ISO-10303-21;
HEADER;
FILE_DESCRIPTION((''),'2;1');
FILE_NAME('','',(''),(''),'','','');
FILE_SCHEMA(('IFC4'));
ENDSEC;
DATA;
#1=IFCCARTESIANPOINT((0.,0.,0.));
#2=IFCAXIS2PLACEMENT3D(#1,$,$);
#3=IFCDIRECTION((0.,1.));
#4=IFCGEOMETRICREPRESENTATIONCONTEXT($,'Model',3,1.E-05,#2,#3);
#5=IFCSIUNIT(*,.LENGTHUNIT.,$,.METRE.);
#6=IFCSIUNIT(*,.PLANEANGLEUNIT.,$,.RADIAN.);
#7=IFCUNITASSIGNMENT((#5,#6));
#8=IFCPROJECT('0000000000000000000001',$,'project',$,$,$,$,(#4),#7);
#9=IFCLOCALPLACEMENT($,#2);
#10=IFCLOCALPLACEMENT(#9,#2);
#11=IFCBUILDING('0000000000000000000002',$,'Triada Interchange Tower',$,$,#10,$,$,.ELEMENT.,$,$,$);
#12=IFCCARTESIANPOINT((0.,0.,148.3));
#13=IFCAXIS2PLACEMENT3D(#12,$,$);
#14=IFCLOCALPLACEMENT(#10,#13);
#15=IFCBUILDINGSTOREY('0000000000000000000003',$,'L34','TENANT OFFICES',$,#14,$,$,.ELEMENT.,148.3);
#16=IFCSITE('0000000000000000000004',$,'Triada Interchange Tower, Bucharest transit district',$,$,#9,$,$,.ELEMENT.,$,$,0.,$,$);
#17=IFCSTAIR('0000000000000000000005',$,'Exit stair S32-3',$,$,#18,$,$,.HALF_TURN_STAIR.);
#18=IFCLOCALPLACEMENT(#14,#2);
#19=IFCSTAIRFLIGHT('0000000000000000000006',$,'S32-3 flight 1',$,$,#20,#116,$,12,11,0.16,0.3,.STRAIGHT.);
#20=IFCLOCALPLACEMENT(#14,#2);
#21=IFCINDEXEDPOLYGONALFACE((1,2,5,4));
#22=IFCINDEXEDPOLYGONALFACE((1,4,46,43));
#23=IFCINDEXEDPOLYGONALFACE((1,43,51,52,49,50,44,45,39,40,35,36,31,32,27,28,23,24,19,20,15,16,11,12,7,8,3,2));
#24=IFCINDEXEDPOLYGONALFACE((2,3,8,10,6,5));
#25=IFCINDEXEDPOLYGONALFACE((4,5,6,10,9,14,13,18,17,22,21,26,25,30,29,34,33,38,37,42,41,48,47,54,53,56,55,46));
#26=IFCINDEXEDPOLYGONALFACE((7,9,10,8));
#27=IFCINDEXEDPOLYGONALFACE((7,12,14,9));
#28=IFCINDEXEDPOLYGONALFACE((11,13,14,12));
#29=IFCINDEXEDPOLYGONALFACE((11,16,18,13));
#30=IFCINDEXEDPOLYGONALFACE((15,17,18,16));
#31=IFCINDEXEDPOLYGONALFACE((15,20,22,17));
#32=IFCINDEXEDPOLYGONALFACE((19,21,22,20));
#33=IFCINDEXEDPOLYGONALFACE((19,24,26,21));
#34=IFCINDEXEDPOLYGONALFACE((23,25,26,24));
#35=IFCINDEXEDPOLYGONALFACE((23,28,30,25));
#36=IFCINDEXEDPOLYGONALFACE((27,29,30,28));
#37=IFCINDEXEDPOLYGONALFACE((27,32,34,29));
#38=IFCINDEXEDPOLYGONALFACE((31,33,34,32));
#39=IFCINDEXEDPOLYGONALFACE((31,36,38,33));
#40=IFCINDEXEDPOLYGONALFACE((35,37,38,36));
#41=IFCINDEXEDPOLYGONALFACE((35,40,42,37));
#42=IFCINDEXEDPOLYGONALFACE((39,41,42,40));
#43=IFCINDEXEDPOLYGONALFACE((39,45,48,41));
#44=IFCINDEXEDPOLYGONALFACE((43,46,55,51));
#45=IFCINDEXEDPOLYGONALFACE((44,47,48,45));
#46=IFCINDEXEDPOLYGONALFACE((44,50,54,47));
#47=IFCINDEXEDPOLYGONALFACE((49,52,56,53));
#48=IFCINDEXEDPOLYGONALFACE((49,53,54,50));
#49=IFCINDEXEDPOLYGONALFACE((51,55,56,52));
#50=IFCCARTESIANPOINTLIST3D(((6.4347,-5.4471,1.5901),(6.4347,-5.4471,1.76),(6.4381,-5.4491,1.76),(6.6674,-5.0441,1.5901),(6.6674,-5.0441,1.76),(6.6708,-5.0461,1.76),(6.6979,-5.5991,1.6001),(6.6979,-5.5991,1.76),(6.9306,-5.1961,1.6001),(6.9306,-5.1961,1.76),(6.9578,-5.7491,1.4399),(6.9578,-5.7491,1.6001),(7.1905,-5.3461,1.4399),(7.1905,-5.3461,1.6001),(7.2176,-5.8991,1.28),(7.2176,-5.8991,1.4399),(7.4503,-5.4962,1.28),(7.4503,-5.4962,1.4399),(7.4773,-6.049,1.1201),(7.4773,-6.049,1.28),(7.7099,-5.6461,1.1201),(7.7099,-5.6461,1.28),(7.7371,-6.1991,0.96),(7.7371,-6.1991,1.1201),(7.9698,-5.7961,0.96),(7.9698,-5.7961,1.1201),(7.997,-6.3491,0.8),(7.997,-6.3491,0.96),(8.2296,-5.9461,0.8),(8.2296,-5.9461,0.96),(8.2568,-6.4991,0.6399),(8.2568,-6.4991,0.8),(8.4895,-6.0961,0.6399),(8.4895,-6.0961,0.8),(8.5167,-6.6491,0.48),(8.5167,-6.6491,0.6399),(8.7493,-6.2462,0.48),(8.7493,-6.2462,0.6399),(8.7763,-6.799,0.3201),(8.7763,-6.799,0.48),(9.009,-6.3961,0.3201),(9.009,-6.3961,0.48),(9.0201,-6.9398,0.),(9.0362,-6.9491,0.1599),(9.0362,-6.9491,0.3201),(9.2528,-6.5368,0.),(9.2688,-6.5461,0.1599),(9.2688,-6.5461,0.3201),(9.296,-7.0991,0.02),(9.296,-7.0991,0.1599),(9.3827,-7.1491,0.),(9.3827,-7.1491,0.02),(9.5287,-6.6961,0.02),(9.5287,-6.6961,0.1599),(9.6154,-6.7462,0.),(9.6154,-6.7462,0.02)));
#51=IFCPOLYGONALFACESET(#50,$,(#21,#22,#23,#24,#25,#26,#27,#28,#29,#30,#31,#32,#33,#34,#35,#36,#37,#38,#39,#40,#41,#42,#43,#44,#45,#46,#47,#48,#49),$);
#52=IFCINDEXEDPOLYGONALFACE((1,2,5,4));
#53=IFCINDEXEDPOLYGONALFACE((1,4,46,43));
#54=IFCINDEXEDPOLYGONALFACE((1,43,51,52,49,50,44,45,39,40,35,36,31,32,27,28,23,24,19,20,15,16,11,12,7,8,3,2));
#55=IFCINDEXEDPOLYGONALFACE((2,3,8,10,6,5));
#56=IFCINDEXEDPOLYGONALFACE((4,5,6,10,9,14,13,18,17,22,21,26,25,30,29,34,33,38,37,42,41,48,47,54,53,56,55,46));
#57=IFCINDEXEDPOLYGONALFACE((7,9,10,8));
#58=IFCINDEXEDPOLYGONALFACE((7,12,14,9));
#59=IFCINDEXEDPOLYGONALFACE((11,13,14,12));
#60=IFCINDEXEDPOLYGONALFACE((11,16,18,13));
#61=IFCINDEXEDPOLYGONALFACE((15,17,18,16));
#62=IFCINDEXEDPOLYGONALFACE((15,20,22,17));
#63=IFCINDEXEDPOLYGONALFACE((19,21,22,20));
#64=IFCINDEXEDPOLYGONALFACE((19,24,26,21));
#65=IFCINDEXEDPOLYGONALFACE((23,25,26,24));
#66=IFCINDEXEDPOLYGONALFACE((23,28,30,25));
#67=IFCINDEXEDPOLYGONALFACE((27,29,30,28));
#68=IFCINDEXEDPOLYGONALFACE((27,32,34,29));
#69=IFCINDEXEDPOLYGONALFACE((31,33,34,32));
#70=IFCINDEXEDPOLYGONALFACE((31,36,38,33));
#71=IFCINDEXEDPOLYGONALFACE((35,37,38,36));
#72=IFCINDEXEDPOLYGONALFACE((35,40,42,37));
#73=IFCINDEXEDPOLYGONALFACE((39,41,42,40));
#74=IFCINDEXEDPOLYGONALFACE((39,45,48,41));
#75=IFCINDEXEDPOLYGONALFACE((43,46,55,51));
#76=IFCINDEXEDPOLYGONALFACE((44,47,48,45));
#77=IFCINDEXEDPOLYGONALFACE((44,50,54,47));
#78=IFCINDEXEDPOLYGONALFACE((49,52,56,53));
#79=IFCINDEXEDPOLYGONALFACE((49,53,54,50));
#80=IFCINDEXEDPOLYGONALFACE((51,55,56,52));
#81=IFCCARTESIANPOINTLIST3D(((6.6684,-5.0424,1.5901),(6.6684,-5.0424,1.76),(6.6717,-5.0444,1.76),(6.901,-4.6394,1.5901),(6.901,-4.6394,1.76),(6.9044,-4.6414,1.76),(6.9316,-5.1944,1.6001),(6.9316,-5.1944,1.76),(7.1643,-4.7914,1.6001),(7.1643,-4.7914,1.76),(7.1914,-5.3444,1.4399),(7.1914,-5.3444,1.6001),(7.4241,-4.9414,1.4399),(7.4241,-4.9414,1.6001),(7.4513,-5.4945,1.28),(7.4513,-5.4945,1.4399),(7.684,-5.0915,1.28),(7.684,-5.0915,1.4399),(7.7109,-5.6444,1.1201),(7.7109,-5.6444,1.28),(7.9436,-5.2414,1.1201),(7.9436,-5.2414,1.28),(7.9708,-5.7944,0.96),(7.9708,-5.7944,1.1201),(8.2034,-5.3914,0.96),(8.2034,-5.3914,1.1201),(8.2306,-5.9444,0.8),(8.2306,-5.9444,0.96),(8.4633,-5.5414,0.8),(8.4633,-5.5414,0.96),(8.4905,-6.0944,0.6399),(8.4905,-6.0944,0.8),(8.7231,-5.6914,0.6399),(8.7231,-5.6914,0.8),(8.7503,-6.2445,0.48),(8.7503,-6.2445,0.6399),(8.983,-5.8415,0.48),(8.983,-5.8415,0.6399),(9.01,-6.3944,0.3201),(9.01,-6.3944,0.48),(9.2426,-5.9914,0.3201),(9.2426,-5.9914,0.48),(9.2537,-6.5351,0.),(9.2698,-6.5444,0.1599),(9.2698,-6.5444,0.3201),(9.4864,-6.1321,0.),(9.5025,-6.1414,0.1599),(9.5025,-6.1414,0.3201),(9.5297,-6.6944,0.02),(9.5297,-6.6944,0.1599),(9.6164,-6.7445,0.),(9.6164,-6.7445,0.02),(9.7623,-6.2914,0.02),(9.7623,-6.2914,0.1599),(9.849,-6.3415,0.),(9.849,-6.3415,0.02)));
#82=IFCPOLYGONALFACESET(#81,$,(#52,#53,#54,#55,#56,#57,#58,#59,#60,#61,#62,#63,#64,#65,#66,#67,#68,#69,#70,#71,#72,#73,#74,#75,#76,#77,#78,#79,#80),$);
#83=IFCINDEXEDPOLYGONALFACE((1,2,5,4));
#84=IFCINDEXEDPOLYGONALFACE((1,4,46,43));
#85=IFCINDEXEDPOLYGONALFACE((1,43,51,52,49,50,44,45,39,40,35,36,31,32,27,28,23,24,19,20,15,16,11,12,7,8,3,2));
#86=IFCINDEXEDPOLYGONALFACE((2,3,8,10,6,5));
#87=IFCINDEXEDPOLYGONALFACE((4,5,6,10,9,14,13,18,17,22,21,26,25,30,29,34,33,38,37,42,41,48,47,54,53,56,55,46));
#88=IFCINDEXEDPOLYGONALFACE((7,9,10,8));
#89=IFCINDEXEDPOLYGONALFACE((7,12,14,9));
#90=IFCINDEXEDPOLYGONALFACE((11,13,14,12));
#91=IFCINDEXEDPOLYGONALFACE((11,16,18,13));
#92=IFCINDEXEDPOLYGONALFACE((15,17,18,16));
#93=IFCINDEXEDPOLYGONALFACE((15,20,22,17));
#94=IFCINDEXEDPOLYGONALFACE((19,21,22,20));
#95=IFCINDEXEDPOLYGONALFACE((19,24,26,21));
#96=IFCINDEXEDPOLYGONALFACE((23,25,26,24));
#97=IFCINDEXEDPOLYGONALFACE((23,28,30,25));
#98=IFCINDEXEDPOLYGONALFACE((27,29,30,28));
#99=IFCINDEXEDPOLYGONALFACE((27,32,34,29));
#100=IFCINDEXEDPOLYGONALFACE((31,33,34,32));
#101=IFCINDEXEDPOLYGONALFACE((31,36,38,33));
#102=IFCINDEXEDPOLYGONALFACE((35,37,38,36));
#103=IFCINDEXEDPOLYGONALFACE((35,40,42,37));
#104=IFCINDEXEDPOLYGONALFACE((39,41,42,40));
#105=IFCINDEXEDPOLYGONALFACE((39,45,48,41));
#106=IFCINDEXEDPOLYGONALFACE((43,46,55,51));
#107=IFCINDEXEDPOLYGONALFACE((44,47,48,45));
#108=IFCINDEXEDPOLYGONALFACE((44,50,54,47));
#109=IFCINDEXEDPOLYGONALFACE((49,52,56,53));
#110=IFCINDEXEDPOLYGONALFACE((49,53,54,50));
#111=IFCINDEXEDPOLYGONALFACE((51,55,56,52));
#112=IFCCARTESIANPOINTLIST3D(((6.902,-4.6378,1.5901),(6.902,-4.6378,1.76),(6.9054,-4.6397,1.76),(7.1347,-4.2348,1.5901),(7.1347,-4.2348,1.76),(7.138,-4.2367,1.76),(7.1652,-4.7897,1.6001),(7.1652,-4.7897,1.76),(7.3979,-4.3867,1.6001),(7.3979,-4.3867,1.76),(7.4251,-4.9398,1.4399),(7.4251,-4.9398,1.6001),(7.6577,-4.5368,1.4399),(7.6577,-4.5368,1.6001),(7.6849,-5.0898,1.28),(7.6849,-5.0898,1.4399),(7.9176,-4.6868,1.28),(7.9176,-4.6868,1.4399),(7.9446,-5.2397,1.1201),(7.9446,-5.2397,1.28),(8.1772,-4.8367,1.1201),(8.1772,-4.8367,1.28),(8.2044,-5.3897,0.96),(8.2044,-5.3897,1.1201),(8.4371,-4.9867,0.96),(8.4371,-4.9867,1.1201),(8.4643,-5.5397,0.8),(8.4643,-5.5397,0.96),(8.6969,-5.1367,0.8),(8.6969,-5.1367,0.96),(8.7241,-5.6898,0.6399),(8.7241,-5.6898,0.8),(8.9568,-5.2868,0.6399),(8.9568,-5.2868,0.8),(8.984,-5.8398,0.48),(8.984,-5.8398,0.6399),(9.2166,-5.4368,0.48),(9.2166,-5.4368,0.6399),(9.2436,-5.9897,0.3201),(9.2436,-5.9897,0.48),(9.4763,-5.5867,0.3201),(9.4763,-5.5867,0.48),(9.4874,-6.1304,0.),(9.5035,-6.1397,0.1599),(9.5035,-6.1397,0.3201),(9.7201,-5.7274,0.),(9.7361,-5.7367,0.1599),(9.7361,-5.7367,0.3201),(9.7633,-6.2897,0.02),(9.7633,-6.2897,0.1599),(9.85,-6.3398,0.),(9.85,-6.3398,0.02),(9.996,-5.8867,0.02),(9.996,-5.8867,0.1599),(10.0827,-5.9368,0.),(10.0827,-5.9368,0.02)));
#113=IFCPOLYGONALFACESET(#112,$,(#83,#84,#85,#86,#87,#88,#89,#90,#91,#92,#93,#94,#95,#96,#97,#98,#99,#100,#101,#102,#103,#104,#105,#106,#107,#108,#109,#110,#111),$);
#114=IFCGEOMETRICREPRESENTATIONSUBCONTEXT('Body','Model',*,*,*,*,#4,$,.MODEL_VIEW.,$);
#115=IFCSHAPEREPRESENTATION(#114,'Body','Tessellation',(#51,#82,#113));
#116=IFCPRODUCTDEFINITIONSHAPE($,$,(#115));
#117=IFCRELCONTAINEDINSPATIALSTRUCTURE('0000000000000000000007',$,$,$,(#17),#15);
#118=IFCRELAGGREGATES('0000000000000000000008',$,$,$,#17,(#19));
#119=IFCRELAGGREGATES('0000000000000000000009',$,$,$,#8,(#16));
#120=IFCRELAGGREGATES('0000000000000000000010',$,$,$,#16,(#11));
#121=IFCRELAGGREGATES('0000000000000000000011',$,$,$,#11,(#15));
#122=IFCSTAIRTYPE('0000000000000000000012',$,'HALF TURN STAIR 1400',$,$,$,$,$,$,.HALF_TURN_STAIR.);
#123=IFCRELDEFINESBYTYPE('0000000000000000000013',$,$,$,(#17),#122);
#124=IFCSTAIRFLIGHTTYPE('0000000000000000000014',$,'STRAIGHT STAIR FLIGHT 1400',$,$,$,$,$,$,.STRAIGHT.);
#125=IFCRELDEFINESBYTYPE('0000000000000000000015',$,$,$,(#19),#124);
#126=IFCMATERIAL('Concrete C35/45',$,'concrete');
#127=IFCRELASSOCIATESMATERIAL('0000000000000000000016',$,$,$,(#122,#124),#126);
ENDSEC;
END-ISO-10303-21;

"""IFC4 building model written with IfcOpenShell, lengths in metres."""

from ifc_helpers import new_model, si_unit, direction, frame, origin, place, context, subcontext, project, spatial, polyline, outline, extrude, material, type_object, element, aggregate, save


model = new_model("IFC4")

# Units and contexts
model_context = context("Model", 3, precision=1e-05, world=origin(), true_north=direction((0.0, 1.0)))
body_context = subcontext(model_context, "Body", "Model", "MODEL_VIEW")
ifc_project = project(units=[si_unit("LENGTHUNIT", "METRE"), si_unit("PLANEANGLEUNIT", "RADIAN")], contexts=[model_context])

# Site, building, storey
site_placement = place(None, origin())
site = spatial("IfcSite", under=ifc_project, at=site_placement, Name="Triada Interchange Tower, Bucharest transit district", CompositionType="ELEMENT", RefElevation=0.0)
building_placement = place(site_placement, origin())
building = spatial("IfcBuilding", under=site, at=building_placement, Name="Triada Interchange Tower", CompositionType="ELEMENT")
storey_placement = place(building_placement, frame((0.0, 0.0, 148.3)))
storey = spatial("IfcBuildingStorey", under=building, at=storey_placement, Name="L34", Description="TENANT OFFICES", CompositionType="ELEMENT", Elevation=148.3)

# Stair, stair flight
ifc_material_1 = material(Name="Concrete C35/45", Category="concrete")
stair_type = type_object("IfcStairType", Name="HALF TURN STAIR 1400", PredefinedType="HALF_TURN_STAIR", material=ifc_material_1)
stair_placement = place(storey_placement, origin())
stair = element("IfcStair", 1, at=stair_placement, inside=storey, type_object=stair_type, Name="Exit stair S32-3", PredefinedType="HALF_TURN_STAIR")
stair_flight_type = type_object("IfcStairFlightType", Name="STRAIGHT STAIR FLIGHT 1400", PredefinedType="STRAIGHT", material=ifc_material_1)
stair_flight_1_placement = place(storey_placement, frame((9.646, -6.4929, 0.0), z_axis=(0.0, 0.0, 1.0), x_axis=(-0.866025, 0.5, 0.0)))
stair_flight_1 = element("IfcStairFlight", 2, at=stair_flight_1_placement, type_object=stair_flight_type, Name="S32-3 flight 1", NumberOfRisers=12, NumberOfTreads=11, PredefinedType="STRAIGHT", RiserHeight=0.16, TreadLength=0.3, context=body_context, shape_type="SweptSolid", body=[
    extrude(outline(polyline([(-0.1001, 0.0), (-0.1001, 0.02), (0.0, 0.02), (0.0, 0.1599), (0.3, 0.1599), (0.3, 0.3201), (0.6001, 0.3201), (0.6001, 0.48), (0.8999, 0.48), (0.8999, 0.6399), (1.2, 0.6399), (1.2, 0.8), (1.5, 0.8), (1.5, 0.96), (1.8, 0.96), (1.8, 1.1201), (2.1001, 1.1201), (2.1001, 1.28), (2.3999, 1.28), (2.3999, 1.4399), (2.7, 1.4399), (2.7, 1.6001), (3.0, 1.6001), (3.0, 1.76), (3.3, 1.76), (3.304, 1.76), (3.304, 1.9199), (3.304, 1.5901), (0.3186, 0.0), (-0.1001, 0.0)])), frame((0.0, 0.7, 0.0), z_axis=(0.0, -1.0, 0.0), x_axis=(1.0, 0.0, 0.0)), (0.0, 0.0, 1.0), 0.4653),
    extrude(outline(polyline([(-0.1001, 0.0), (-0.1001, 0.02), (0.0, 0.02), (0.0, 0.1599), (0.3, 0.1599), (0.3, 0.3201), (0.6001, 0.3201), (0.6001, 0.48), (0.8999, 0.48), (0.8999, 0.6399), (1.2, 0.6399), (1.2, 0.8), (1.5, 0.8), (1.5, 0.96), (1.8, 0.96), (1.8, 1.1201), (2.1001, 1.1201), (2.1001, 1.28), (2.3999, 1.28), (2.3999, 1.4399), (2.7, 1.4399), (2.7, 1.6001), (3.0, 1.6001), (3.0, 1.76), (3.3, 1.76), (3.304, 1.76), (3.304, 1.9199), (3.304, 1.5901), (0.3186, 0.0), (-0.1001, 0.0)])), frame((0.0, 0.2327, 0.0), z_axis=(0.0, -1.0, 0.0), x_axis=(1.0, 0.0, 0.0)), (0.0, 0.0, 1.0), 0.4653),
    extrude(outline(polyline([(-0.1001, 0.0), (-0.1001, 0.02), (0.0, 0.02), (0.0, 0.1599), (0.3, 0.1599), (0.3, 0.3201), (0.6001, 0.3201), (0.6001, 0.48), (0.8999, 0.48), (0.8999, 0.6399), (1.2, 0.6399), (1.2, 0.8), (1.5, 0.8), (1.5, 0.96), (1.8, 0.96), (1.8, 1.1201), (2.1001, 1.1201), (2.1001, 1.28), (2.3999, 1.28), (2.3999, 1.4399), (2.7, 1.4399), (2.7, 1.6001), (3.0, 1.6001), (3.0, 1.76), (3.3, 1.76), (3.304, 1.76), (3.304, 1.9199), (3.304, 1.5901), (0.3186, 0.0), (-0.1001, 0.0)])), frame((0.0, -0.2346, 0.0), z_axis=(0.0, -1.0, 0.0), x_axis=(1.0, 0.0, 0.0)), (0.0, 0.0, 1.0), 0.4653),
])

aggregate(stair, [stair_flight_1])

save(model, "model.ifc")
